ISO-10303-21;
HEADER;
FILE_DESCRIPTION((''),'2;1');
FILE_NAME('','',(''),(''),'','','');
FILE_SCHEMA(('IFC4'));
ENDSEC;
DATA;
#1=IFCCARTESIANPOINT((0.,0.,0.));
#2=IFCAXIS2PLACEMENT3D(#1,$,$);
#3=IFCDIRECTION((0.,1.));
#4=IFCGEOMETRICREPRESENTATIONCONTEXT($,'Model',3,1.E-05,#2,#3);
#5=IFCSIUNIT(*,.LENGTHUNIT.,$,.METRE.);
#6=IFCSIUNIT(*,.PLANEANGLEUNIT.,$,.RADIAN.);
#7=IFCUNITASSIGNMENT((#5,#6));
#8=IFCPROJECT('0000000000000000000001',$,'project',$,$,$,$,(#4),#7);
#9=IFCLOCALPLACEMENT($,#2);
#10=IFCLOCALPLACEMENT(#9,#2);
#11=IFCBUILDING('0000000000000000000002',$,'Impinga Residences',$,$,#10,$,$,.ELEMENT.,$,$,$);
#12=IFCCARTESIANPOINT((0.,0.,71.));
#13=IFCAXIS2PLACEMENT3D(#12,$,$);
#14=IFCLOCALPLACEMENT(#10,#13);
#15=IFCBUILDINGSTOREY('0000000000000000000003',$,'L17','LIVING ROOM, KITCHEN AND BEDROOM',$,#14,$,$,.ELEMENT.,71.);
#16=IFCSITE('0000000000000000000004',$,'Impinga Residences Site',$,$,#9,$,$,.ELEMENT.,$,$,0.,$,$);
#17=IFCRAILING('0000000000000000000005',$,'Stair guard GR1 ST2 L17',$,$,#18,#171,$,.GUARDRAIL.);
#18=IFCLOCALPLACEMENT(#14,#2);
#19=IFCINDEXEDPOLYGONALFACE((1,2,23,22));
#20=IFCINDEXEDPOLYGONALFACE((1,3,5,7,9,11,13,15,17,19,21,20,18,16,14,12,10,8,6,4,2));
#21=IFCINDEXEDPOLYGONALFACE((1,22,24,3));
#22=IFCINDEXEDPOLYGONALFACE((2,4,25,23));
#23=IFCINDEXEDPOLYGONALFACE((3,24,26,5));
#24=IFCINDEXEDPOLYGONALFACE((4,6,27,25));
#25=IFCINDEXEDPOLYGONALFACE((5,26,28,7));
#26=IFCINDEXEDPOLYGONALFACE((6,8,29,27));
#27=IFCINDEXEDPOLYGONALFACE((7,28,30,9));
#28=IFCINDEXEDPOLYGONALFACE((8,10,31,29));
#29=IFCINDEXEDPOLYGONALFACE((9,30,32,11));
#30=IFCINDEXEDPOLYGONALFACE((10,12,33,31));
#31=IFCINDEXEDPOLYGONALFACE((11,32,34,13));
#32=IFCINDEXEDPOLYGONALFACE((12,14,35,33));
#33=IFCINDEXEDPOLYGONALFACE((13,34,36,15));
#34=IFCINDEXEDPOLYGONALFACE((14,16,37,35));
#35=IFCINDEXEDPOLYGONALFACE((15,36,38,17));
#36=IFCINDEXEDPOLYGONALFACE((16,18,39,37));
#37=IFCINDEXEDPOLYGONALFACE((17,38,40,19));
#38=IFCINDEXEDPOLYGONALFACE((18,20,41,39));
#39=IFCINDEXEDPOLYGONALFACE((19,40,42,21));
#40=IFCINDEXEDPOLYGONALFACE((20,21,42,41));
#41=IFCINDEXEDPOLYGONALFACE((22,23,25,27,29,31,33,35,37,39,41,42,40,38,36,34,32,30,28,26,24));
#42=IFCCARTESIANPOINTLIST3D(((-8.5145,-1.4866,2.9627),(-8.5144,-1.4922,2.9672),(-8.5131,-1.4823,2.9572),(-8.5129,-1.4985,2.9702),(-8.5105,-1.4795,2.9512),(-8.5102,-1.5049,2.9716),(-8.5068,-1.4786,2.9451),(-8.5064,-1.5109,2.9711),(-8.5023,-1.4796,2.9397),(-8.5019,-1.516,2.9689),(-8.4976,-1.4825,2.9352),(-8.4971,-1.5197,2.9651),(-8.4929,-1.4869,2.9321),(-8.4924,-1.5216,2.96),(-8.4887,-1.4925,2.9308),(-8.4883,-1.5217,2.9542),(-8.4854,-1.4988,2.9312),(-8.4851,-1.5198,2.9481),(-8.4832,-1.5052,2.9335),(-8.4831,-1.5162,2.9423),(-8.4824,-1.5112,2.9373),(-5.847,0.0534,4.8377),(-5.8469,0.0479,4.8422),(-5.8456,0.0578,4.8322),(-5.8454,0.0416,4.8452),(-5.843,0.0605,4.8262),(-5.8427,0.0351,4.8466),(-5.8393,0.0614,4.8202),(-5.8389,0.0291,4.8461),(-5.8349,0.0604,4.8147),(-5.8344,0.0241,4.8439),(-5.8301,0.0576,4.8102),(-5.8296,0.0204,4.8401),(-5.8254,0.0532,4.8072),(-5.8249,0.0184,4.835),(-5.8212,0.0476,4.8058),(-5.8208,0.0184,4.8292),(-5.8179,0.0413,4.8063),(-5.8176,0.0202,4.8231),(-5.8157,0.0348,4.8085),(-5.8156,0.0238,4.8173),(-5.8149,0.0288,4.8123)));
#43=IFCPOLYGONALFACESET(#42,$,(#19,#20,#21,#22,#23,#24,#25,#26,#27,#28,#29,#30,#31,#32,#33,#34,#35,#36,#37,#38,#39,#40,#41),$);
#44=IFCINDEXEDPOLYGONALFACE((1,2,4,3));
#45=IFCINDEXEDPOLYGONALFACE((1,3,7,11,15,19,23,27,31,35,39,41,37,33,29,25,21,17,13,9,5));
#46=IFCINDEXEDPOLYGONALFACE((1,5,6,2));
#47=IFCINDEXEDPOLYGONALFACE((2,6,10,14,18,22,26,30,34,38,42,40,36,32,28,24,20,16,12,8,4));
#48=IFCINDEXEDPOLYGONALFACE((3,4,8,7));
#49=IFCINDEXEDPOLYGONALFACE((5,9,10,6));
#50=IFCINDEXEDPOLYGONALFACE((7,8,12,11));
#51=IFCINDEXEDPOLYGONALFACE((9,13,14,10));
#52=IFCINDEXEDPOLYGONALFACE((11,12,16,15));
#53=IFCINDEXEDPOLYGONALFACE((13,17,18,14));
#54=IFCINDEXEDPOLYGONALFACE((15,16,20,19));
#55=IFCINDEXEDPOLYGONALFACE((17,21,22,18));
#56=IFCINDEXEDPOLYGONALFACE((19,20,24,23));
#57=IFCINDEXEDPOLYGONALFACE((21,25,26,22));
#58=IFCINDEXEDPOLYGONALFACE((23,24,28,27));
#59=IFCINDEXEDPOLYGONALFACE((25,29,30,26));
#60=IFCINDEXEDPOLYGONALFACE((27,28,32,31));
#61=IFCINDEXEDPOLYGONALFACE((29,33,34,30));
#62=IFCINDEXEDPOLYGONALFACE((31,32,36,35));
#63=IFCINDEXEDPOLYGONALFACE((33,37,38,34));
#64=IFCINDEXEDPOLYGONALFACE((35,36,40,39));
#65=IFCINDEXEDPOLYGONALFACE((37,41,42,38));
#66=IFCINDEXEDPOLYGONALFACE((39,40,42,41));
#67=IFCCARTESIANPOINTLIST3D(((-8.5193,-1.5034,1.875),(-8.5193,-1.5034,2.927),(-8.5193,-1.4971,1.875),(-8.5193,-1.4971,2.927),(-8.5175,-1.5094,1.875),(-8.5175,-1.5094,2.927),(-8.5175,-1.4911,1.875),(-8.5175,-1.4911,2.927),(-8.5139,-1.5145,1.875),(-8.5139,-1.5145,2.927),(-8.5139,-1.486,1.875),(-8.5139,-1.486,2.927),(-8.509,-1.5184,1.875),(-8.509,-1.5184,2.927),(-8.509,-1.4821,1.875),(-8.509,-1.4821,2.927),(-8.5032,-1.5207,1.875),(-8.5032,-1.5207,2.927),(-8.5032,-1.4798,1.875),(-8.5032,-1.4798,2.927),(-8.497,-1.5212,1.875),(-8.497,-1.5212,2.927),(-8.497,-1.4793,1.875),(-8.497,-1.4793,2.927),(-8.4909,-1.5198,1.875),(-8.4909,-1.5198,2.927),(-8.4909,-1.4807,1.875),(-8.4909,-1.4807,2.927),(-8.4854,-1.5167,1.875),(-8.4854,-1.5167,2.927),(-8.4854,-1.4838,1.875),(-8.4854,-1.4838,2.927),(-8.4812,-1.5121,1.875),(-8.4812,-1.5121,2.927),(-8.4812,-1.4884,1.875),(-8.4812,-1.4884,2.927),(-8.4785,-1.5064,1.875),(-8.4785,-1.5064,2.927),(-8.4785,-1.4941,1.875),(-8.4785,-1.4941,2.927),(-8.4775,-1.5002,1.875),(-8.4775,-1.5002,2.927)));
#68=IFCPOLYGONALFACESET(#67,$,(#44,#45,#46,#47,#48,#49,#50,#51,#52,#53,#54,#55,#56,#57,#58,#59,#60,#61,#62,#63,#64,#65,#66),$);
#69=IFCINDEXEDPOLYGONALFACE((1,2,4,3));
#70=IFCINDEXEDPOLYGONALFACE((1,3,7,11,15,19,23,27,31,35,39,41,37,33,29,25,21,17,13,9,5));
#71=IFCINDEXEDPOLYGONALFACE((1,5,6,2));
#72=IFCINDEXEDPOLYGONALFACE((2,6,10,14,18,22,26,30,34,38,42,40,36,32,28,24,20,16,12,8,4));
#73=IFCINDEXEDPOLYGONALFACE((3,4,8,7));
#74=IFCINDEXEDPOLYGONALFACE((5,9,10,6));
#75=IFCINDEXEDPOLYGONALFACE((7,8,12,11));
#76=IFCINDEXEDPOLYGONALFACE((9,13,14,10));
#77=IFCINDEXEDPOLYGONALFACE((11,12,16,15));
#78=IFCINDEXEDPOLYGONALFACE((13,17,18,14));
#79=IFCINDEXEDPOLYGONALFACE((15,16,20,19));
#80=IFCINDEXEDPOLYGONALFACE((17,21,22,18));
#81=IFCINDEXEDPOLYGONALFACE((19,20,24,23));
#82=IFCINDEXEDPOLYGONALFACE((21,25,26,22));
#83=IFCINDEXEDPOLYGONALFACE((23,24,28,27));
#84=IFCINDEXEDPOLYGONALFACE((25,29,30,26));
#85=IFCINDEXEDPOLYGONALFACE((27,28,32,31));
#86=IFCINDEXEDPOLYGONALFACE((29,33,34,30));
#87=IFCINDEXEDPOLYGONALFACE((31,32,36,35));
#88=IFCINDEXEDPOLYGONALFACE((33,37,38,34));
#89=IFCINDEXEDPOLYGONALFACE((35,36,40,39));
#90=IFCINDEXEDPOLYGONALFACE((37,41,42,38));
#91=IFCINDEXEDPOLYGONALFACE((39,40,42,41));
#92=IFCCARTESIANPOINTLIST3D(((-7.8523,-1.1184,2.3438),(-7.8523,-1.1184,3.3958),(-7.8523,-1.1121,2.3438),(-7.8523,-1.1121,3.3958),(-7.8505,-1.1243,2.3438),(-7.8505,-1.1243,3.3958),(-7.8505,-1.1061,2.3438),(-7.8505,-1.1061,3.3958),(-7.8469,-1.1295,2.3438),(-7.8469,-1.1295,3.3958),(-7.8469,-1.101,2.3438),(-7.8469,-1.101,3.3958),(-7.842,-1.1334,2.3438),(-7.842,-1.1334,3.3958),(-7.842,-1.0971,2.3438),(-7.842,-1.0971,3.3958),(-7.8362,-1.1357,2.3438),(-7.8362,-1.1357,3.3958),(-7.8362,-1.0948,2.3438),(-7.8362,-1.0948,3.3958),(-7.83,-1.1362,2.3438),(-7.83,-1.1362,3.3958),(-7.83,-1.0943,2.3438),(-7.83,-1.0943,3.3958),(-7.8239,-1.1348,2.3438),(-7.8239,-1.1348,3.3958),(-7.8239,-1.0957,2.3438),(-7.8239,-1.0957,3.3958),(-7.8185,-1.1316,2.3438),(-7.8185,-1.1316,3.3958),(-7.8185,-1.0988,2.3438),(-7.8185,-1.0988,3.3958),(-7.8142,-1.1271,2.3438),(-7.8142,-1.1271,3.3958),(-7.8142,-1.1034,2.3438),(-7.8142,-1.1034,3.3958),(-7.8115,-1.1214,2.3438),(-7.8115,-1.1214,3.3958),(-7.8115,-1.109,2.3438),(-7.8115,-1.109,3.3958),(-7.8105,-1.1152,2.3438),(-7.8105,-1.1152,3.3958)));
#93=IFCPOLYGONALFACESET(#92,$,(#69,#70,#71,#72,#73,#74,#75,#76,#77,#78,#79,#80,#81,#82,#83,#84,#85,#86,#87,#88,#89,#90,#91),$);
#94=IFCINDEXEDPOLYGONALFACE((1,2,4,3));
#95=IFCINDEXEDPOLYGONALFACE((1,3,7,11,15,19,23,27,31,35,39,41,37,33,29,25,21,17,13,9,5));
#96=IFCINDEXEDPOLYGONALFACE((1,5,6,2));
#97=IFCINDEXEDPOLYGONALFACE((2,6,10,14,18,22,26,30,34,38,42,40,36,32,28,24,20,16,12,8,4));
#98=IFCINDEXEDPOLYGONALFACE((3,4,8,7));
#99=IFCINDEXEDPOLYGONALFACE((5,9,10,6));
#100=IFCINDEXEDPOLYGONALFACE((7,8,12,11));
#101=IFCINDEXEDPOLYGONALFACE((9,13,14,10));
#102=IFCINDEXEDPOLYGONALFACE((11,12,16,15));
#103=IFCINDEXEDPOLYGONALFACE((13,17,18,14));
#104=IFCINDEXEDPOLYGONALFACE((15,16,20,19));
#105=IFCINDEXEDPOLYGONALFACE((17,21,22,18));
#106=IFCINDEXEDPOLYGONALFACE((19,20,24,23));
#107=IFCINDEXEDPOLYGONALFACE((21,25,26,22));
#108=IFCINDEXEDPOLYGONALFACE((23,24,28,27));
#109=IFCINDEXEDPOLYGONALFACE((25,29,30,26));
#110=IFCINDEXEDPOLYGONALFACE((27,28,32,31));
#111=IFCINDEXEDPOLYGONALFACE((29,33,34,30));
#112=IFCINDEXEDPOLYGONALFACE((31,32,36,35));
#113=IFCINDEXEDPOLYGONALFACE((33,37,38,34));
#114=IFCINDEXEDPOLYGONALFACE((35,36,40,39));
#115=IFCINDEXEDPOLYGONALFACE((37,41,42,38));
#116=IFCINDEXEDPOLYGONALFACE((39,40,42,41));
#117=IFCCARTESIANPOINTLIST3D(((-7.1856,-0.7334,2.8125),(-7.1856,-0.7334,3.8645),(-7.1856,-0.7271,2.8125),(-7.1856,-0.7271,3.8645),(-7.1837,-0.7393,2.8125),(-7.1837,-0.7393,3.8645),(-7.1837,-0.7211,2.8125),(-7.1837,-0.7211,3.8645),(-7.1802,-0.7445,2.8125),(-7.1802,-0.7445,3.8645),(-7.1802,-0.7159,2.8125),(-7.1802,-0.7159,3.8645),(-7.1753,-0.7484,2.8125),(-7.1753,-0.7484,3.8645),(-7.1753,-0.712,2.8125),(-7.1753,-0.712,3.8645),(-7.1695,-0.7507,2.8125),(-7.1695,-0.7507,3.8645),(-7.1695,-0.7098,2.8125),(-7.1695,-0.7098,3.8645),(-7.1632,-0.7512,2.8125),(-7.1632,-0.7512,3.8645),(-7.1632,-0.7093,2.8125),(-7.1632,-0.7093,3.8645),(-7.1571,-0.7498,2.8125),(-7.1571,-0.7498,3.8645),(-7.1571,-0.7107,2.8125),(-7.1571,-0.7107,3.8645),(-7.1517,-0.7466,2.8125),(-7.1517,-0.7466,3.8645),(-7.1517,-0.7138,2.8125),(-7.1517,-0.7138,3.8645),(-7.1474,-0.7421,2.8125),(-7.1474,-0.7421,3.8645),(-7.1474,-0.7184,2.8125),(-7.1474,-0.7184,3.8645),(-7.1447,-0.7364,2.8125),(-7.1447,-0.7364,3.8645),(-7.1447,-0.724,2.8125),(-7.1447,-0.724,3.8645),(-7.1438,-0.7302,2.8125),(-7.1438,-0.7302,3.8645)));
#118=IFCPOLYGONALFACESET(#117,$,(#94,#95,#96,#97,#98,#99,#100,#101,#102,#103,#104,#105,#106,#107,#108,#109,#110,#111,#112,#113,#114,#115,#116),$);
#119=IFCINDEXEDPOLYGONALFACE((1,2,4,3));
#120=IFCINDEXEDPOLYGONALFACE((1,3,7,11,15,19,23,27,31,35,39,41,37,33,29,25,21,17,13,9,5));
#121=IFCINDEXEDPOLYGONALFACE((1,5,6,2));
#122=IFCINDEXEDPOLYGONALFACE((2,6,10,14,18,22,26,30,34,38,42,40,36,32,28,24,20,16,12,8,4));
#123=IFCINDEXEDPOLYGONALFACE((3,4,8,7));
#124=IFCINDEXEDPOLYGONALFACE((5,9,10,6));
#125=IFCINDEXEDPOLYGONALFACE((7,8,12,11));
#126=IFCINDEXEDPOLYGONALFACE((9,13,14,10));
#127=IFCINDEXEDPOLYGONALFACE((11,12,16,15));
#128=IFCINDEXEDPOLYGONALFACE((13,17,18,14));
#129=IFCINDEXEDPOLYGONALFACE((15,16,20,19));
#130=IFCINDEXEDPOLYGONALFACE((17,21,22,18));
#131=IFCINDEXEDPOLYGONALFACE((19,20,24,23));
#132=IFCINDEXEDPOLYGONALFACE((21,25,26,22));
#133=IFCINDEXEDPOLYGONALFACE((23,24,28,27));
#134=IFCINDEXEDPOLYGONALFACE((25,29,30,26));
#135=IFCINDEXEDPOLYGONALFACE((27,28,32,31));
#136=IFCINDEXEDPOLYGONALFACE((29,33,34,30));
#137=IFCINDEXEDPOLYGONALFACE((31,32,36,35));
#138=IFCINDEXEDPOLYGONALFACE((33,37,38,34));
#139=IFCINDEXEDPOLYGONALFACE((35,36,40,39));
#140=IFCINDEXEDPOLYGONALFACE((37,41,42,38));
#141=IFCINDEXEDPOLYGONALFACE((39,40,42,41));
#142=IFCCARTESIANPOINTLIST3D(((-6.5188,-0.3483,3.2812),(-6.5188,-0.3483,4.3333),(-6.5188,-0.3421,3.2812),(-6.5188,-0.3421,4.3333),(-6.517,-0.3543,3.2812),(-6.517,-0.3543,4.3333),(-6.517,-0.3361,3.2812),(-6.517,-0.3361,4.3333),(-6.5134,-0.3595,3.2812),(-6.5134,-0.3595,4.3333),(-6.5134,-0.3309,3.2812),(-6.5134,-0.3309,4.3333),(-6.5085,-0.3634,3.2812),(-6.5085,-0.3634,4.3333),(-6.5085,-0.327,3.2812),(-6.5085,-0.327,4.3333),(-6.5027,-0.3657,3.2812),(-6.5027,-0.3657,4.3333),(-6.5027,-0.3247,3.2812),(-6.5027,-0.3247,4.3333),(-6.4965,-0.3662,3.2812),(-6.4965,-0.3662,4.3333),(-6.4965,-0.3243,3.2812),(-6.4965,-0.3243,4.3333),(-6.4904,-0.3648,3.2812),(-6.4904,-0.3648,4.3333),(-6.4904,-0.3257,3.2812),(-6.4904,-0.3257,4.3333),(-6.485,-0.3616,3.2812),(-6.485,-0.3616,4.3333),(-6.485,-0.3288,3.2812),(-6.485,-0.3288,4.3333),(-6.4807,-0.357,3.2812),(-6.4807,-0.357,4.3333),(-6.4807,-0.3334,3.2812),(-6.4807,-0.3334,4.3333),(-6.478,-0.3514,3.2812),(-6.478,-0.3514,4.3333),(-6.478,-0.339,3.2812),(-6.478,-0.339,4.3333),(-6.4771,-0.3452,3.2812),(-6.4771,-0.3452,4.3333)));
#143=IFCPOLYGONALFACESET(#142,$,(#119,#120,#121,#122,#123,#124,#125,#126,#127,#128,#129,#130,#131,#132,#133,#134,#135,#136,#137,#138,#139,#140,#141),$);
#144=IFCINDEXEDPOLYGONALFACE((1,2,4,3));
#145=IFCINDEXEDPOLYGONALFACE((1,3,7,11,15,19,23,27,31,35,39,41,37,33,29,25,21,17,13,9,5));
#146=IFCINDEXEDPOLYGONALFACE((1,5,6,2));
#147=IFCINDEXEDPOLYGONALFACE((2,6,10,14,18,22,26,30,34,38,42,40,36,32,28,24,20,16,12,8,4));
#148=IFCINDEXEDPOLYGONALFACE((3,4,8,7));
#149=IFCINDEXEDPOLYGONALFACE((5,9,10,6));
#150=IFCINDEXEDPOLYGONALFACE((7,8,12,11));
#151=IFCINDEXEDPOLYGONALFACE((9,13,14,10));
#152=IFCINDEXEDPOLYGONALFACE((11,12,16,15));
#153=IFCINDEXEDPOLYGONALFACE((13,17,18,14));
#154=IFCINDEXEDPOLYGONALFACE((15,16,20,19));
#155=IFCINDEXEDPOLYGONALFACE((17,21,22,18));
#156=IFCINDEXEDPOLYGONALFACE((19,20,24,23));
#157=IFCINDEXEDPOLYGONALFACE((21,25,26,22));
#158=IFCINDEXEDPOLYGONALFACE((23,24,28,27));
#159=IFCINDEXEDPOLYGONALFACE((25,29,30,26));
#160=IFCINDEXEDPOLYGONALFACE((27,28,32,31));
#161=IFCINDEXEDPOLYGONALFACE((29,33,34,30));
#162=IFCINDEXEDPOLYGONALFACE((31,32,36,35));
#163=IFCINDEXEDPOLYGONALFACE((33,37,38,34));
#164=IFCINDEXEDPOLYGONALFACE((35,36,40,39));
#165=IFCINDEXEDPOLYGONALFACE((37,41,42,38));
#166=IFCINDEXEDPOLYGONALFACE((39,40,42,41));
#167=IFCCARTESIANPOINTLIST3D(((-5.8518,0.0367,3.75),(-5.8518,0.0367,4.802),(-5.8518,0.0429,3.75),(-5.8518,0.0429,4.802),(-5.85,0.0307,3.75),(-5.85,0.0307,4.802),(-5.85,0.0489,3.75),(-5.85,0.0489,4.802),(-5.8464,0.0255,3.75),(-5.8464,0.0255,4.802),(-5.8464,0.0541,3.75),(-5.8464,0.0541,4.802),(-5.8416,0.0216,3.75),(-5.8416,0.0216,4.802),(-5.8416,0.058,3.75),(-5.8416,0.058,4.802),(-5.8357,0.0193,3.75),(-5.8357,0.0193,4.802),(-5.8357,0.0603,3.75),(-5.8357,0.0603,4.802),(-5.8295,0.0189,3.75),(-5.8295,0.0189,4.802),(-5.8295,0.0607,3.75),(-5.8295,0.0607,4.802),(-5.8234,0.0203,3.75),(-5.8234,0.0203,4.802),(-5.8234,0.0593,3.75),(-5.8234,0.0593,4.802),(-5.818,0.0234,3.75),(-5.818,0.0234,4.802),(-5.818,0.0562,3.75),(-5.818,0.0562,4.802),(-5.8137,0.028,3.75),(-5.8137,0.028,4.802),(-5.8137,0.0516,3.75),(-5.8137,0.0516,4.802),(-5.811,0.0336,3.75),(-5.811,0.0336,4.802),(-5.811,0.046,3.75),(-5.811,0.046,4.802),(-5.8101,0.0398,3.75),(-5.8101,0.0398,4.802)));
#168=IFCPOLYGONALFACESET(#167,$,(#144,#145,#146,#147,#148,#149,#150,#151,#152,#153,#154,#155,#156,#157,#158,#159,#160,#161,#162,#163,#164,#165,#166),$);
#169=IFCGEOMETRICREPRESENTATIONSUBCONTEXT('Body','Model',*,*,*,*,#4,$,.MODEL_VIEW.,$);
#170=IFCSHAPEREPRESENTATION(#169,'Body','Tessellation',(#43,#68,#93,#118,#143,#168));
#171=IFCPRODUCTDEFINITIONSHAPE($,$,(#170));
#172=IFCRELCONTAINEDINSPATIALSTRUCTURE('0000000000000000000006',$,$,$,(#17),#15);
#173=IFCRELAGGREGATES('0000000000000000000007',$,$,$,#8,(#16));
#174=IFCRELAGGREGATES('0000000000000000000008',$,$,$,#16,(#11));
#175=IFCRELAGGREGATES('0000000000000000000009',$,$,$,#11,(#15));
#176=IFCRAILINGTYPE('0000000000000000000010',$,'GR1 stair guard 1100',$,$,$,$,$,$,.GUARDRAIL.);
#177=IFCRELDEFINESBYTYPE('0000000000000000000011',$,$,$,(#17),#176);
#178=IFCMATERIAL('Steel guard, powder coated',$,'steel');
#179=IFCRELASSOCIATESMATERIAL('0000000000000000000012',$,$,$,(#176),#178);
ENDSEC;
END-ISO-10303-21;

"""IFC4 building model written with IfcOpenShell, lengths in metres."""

from ifc_helpers import new_model, si_unit, direction, frame, origin, origin_2d, place, context, subcontext, project, spatial, circle, extrude, material, type_object, element, save


model = new_model("IFC4")

# Units and contexts
model_context = context("Model", 3, precision=1e-05, world=origin(), true_north=direction((0.0, 1.0)))
body_context = subcontext(model_context, "Body", "Model", "MODEL_VIEW")
ifc_project = project(units=[si_unit("LENGTHUNIT", "METRE"), si_unit("PLANEANGLEUNIT", "RADIAN")], contexts=[model_context])

# Site, building, storey
site_placement = place(None, origin())
site = spatial("IfcSite", under=ifc_project, at=site_placement, Name="Impinga Residences Site", CompositionType="ELEMENT", RefElevation=0.0)
building_placement = place(site_placement, origin())
building = spatial("IfcBuilding", under=site, at=building_placement, Name="Impinga Residences", CompositionType="ELEMENT")
storey_placement = place(building_placement, frame((0.0, 0.0, 71.0)))
storey = spatial("IfcBuildingStorey", under=building, at=storey_placement, Name="L17", Description="LIVING ROOM, KITCHEN AND BEDROOM", CompositionType="ELEMENT", Elevation=71.0)

# Railing
ifc_material_1 = material(Name="Steel guard, powder coated", Category="steel")
railing_type = type_object("IfcRailingType", Name="GR1 stair guard 1100", PredefinedType="GUARDRAIL", material=ifc_material_1)
railing_placement = place(storey_placement, frame((-8.4985, -1.5002, 1.875)))
element("IfcRailing", 1, at=railing_placement, inside=storey, type_object=railing_type, Name="Stair guard GR1 ST2 L17", PredefinedType="GUARDRAIL", context=body_context, shape_type="SweptSolid", body=[
    extrude(circle(Radius=0.0239, at=origin_2d()), frame((0.0, 0.0, 1.0762), z_axis=(0.739746, 0.427084, 0.519975), x_axis=(-0.499992, 0.86603, 0.0)), (0.0, 0.0, 1.0), 3.606),
    extrude(circle(Radius=0.021, at=origin_2d()), origin(), (0.0, 0.0, 1.0), 1.052),
    extrude(circle(Radius=0.021, at=origin_2d()), frame((0.667, 0.385, 0.4688)), (0.0, 0.0, 1.0), 1.052),
    extrude(circle(Radius=0.021, at=origin_2d()), frame((1.3337, 0.77, 0.9375)), (0.0, 0.0, 1.0), 1.052),
    extrude(circle(Radius=0.021, at=origin_2d()), frame((2.0005, 1.155, 1.4062)), (0.0, 0.0, 1.0), 1.052),
    extrude(circle(Radius=0.021, at=origin_2d()), frame((2.6675, 1.54, 1.875)), (0.0, 0.0, 1.0), 1.052),
])

save(model, "model.ifc")
